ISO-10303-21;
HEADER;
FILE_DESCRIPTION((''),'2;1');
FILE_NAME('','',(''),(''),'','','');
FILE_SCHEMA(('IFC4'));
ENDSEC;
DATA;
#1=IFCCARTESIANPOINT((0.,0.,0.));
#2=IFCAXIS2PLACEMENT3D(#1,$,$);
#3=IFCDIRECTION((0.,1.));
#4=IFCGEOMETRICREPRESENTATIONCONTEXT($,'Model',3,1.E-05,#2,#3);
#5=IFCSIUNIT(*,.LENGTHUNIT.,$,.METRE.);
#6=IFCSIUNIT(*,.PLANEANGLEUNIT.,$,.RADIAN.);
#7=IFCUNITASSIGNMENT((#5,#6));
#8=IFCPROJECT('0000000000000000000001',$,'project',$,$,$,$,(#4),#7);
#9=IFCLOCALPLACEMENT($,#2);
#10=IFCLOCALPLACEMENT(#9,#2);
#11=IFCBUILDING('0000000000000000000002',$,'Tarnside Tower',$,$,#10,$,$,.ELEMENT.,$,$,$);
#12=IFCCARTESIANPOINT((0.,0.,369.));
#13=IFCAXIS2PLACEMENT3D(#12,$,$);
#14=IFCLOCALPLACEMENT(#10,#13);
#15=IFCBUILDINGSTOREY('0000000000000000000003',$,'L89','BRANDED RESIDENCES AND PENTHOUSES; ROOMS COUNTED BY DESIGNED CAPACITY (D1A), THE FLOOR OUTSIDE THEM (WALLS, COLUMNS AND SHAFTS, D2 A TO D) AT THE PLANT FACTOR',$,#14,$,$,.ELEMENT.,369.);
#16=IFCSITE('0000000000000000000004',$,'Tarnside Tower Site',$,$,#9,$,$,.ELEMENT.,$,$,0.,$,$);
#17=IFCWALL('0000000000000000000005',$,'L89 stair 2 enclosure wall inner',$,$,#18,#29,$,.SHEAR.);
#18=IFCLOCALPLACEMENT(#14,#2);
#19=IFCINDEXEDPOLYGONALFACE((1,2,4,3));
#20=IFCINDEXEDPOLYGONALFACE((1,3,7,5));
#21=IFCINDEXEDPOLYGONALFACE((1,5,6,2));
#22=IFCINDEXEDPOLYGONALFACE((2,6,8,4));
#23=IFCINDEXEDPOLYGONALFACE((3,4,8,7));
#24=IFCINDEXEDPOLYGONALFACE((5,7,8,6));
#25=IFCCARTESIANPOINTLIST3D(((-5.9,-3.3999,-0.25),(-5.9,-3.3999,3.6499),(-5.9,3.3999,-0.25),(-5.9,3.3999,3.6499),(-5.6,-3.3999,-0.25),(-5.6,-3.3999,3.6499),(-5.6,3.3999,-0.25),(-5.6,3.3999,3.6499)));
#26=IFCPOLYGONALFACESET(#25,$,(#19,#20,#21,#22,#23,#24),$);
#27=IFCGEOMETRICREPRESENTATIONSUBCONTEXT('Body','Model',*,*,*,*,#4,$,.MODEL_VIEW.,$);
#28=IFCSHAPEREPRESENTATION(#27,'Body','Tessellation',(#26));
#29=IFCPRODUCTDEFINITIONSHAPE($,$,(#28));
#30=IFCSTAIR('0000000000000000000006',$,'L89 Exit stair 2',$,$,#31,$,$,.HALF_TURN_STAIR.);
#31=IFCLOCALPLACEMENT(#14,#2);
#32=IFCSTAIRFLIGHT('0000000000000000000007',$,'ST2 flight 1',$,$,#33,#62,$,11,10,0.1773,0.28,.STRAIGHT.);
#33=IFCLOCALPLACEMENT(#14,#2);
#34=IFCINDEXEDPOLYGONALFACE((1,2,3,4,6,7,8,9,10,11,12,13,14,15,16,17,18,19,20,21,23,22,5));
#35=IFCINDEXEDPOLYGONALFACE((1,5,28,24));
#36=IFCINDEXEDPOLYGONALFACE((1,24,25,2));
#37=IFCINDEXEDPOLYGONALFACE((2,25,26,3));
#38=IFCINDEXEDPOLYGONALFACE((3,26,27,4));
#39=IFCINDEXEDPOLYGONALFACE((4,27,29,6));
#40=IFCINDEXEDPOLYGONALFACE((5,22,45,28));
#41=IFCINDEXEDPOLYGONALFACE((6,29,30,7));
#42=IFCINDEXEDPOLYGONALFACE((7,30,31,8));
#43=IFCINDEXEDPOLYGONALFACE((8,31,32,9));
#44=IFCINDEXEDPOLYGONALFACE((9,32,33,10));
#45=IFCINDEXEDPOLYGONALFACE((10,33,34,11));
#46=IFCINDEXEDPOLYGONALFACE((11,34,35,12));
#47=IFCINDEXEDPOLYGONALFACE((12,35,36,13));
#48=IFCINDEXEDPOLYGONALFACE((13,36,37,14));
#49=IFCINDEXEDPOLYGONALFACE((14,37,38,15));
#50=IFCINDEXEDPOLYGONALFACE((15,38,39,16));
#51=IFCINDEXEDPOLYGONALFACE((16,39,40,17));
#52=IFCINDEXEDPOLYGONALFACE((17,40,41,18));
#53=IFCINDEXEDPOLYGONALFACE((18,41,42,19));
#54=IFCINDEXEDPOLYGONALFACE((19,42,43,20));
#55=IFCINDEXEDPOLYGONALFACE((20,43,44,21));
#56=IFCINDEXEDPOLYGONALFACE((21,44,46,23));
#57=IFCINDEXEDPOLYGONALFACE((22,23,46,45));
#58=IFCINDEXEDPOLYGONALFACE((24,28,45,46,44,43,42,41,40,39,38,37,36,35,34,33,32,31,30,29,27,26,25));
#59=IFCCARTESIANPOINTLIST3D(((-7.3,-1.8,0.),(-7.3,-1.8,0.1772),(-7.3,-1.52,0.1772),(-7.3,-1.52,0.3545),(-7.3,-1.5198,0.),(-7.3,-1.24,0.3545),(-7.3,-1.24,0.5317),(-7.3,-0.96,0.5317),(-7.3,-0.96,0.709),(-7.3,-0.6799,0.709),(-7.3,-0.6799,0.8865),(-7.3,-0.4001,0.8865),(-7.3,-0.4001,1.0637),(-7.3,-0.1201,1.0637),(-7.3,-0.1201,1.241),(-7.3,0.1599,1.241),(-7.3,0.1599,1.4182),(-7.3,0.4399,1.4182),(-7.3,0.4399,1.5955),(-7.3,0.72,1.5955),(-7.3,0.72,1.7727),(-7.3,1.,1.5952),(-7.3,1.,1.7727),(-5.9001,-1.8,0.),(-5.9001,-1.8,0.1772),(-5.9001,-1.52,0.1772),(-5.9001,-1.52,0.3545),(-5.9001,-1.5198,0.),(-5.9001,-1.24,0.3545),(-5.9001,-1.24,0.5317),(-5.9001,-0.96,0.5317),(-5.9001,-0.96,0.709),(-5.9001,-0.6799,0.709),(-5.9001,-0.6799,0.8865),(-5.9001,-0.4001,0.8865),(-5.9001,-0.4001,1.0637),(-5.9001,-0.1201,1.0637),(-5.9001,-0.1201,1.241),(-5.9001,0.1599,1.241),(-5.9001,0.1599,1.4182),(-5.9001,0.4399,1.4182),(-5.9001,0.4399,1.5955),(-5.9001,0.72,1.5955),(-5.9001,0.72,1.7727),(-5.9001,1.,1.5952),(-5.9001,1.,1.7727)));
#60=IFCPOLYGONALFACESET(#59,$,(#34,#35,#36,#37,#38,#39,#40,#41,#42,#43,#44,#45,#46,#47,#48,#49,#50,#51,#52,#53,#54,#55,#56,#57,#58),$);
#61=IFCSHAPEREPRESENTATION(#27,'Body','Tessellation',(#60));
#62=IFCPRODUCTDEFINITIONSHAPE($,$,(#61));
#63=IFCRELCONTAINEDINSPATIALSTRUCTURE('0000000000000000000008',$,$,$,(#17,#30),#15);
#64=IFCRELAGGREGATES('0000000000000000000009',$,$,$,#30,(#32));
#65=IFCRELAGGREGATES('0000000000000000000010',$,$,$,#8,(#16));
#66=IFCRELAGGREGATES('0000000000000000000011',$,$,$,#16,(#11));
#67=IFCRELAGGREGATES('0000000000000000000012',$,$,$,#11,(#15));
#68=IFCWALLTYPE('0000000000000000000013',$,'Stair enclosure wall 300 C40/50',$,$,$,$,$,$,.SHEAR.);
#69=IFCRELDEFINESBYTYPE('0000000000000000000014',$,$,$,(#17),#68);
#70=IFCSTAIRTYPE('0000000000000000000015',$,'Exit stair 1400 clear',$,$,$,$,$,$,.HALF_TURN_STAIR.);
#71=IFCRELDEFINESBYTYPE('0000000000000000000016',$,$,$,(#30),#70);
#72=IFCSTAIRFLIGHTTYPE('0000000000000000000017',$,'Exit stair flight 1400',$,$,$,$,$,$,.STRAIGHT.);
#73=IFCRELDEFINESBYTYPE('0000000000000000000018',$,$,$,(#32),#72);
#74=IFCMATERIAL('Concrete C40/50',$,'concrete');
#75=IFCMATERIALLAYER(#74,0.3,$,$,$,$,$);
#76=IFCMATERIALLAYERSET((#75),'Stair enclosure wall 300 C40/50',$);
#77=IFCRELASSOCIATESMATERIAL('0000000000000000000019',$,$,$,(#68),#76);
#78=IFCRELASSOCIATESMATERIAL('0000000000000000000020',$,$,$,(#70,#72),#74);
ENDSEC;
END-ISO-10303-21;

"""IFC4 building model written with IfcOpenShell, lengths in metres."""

from ifc_helpers import new_model, si_unit, direction, frame, frame_2d, origin, place, context, subcontext, project, spatial, polyline, rectangle, outline, extrude, material, layer, layer_set, type_object, element, aggregate, save


model = new_model("IFC4")

# Units and contexts
model_context = context("Model", 3, precision=1e-05, world=origin(), true_north=direction((0.0, 1.0)))
body_context = subcontext(model_context, "Body", "Model", "MODEL_VIEW")
ifc_project = project(units=[si_unit("LENGTHUNIT", "METRE"), si_unit("PLANEANGLEUNIT", "RADIAN")], contexts=[model_context])

# Site, building, storey
site_placement = place(None, origin())
site = spatial("IfcSite", under=ifc_project, at=site_placement, Name="Tarnside Tower Site", CompositionType="ELEMENT", RefElevation=0.0)
building_placement = place(site_placement, origin())
building = spatial("IfcBuilding", under=site, at=building_placement, Name="Tarnside Tower", CompositionType="ELEMENT")
storey_placement = place(building_placement, frame((0.0, 0.0, 369.0)))
storey = spatial("IfcBuildingStorey", under=building, at=storey_placement, Name="L89", Description="BRANDED RESIDENCES AND PENTHOUSES; ROOMS COUNTED BY DESIGNED CAPACITY (D1A), THE FLOOR OUTSIDE THEM (WALLS, COLUMNS AND SHAFTS, D2 A TO D) AT THE PLANT FACTOR", CompositionType="ELEMENT", Elevation=369.0)

# Shared definitions
ifc_material_1 = material(Name="Concrete C40/50", Category="concrete")

# Wall
ifc_layer_1 = layer(ifc_material_1, 0.3)
ifc_layer_set_1 = layer_set([ifc_layer_1], Name="Stair enclosure wall 300 C40/50")
wall_type_1 = type_object("IfcWallType", Name="Stair enclosure wall 300 C40/50", PredefinedType="SHEAR", material=ifc_layer_set_1)
wall_1_placement = place(storey_placement, frame((-5.75, -3.3999, -0.25), z_axis=(0.0, 0.0, 1.0), x_axis=(0.0, 1.0, 0.0)))
element("IfcWall", 1, at=wall_1_placement, inside=storey, type_object=wall_type_1, Name="L89 stair 2 enclosure wall inner", PredefinedType="SHEAR", context=body_context, shape_type="SweptSolid", body=[
    extrude(rectangle(XDim=6.7998, YDim=0.3, at=frame_2d((3.3999, 0.0))), origin(), (0.0, 0.0, 1.0), 3.8999),
])

# Stair, stair flight
stair_type = type_object("IfcStairType", Name="Exit stair 1400 clear", PredefinedType="HALF_TURN_STAIR", material=ifc_material_1)
stair_placement = place(storey_placement, origin())
stair = element("IfcStair", 2, at=stair_placement, inside=storey, type_object=stair_type, Name="L89 Exit stair 2", PredefinedType="HALF_TURN_STAIR")
stair_flight_type = type_object("IfcStairFlightType", Name="Exit stair flight 1400", PredefinedType="STRAIGHT", material=ifc_material_1)
stair_flight_placement = place(storey_placement, frame((-6.6001, -1.8, 0.0), z_axis=(0.0, 0.0, 1.0), x_axis=(0.0, 1.0, 0.0)))
stair_flight = element("IfcStairFlight", 3, at=stair_flight_placement, type_object=stair_flight_type, Name="ST2 flight 1", NumberOfRisers=11, NumberOfTreads=10, PredefinedType="STRAIGHT", RiserHeight=0.1773, TreadLength=0.28, context=body_context, shape_type="SweptSolid", body=[
    extrude(outline(polyline([(0.0, 0.0), (0.0, 0.1772), (0.28, 0.1772), (0.28, 0.3545), (0.5601, 0.3545), (0.5601, 0.5317), (0.8401, 0.5317), (0.8401, 0.709), (1.1201, 0.709), (1.1201, 0.8865), (1.3999, 0.8865), (1.3999, 1.0637), (1.6799, 1.0637), (1.6799, 1.241), (1.96, 1.241), (1.96, 1.4182), (2.24, 1.4182), (2.24, 1.5955), (2.52, 1.5955), (2.52, 1.7727), (2.8, 1.7727), (2.8, 1.95), (2.8, 1.5952), (0.2803, 0.0), (0.0, 0.0)])), frame((0.0, 0.7, 0.0), z_axis=(0.0, -1.0, 0.0), x_axis=(1.0, 0.0, 0.0)), (0.0, 0.0, 1.0), 1.3999),
])
aggregate(stair, [stair_flight])

save(model, "model.ifc")
